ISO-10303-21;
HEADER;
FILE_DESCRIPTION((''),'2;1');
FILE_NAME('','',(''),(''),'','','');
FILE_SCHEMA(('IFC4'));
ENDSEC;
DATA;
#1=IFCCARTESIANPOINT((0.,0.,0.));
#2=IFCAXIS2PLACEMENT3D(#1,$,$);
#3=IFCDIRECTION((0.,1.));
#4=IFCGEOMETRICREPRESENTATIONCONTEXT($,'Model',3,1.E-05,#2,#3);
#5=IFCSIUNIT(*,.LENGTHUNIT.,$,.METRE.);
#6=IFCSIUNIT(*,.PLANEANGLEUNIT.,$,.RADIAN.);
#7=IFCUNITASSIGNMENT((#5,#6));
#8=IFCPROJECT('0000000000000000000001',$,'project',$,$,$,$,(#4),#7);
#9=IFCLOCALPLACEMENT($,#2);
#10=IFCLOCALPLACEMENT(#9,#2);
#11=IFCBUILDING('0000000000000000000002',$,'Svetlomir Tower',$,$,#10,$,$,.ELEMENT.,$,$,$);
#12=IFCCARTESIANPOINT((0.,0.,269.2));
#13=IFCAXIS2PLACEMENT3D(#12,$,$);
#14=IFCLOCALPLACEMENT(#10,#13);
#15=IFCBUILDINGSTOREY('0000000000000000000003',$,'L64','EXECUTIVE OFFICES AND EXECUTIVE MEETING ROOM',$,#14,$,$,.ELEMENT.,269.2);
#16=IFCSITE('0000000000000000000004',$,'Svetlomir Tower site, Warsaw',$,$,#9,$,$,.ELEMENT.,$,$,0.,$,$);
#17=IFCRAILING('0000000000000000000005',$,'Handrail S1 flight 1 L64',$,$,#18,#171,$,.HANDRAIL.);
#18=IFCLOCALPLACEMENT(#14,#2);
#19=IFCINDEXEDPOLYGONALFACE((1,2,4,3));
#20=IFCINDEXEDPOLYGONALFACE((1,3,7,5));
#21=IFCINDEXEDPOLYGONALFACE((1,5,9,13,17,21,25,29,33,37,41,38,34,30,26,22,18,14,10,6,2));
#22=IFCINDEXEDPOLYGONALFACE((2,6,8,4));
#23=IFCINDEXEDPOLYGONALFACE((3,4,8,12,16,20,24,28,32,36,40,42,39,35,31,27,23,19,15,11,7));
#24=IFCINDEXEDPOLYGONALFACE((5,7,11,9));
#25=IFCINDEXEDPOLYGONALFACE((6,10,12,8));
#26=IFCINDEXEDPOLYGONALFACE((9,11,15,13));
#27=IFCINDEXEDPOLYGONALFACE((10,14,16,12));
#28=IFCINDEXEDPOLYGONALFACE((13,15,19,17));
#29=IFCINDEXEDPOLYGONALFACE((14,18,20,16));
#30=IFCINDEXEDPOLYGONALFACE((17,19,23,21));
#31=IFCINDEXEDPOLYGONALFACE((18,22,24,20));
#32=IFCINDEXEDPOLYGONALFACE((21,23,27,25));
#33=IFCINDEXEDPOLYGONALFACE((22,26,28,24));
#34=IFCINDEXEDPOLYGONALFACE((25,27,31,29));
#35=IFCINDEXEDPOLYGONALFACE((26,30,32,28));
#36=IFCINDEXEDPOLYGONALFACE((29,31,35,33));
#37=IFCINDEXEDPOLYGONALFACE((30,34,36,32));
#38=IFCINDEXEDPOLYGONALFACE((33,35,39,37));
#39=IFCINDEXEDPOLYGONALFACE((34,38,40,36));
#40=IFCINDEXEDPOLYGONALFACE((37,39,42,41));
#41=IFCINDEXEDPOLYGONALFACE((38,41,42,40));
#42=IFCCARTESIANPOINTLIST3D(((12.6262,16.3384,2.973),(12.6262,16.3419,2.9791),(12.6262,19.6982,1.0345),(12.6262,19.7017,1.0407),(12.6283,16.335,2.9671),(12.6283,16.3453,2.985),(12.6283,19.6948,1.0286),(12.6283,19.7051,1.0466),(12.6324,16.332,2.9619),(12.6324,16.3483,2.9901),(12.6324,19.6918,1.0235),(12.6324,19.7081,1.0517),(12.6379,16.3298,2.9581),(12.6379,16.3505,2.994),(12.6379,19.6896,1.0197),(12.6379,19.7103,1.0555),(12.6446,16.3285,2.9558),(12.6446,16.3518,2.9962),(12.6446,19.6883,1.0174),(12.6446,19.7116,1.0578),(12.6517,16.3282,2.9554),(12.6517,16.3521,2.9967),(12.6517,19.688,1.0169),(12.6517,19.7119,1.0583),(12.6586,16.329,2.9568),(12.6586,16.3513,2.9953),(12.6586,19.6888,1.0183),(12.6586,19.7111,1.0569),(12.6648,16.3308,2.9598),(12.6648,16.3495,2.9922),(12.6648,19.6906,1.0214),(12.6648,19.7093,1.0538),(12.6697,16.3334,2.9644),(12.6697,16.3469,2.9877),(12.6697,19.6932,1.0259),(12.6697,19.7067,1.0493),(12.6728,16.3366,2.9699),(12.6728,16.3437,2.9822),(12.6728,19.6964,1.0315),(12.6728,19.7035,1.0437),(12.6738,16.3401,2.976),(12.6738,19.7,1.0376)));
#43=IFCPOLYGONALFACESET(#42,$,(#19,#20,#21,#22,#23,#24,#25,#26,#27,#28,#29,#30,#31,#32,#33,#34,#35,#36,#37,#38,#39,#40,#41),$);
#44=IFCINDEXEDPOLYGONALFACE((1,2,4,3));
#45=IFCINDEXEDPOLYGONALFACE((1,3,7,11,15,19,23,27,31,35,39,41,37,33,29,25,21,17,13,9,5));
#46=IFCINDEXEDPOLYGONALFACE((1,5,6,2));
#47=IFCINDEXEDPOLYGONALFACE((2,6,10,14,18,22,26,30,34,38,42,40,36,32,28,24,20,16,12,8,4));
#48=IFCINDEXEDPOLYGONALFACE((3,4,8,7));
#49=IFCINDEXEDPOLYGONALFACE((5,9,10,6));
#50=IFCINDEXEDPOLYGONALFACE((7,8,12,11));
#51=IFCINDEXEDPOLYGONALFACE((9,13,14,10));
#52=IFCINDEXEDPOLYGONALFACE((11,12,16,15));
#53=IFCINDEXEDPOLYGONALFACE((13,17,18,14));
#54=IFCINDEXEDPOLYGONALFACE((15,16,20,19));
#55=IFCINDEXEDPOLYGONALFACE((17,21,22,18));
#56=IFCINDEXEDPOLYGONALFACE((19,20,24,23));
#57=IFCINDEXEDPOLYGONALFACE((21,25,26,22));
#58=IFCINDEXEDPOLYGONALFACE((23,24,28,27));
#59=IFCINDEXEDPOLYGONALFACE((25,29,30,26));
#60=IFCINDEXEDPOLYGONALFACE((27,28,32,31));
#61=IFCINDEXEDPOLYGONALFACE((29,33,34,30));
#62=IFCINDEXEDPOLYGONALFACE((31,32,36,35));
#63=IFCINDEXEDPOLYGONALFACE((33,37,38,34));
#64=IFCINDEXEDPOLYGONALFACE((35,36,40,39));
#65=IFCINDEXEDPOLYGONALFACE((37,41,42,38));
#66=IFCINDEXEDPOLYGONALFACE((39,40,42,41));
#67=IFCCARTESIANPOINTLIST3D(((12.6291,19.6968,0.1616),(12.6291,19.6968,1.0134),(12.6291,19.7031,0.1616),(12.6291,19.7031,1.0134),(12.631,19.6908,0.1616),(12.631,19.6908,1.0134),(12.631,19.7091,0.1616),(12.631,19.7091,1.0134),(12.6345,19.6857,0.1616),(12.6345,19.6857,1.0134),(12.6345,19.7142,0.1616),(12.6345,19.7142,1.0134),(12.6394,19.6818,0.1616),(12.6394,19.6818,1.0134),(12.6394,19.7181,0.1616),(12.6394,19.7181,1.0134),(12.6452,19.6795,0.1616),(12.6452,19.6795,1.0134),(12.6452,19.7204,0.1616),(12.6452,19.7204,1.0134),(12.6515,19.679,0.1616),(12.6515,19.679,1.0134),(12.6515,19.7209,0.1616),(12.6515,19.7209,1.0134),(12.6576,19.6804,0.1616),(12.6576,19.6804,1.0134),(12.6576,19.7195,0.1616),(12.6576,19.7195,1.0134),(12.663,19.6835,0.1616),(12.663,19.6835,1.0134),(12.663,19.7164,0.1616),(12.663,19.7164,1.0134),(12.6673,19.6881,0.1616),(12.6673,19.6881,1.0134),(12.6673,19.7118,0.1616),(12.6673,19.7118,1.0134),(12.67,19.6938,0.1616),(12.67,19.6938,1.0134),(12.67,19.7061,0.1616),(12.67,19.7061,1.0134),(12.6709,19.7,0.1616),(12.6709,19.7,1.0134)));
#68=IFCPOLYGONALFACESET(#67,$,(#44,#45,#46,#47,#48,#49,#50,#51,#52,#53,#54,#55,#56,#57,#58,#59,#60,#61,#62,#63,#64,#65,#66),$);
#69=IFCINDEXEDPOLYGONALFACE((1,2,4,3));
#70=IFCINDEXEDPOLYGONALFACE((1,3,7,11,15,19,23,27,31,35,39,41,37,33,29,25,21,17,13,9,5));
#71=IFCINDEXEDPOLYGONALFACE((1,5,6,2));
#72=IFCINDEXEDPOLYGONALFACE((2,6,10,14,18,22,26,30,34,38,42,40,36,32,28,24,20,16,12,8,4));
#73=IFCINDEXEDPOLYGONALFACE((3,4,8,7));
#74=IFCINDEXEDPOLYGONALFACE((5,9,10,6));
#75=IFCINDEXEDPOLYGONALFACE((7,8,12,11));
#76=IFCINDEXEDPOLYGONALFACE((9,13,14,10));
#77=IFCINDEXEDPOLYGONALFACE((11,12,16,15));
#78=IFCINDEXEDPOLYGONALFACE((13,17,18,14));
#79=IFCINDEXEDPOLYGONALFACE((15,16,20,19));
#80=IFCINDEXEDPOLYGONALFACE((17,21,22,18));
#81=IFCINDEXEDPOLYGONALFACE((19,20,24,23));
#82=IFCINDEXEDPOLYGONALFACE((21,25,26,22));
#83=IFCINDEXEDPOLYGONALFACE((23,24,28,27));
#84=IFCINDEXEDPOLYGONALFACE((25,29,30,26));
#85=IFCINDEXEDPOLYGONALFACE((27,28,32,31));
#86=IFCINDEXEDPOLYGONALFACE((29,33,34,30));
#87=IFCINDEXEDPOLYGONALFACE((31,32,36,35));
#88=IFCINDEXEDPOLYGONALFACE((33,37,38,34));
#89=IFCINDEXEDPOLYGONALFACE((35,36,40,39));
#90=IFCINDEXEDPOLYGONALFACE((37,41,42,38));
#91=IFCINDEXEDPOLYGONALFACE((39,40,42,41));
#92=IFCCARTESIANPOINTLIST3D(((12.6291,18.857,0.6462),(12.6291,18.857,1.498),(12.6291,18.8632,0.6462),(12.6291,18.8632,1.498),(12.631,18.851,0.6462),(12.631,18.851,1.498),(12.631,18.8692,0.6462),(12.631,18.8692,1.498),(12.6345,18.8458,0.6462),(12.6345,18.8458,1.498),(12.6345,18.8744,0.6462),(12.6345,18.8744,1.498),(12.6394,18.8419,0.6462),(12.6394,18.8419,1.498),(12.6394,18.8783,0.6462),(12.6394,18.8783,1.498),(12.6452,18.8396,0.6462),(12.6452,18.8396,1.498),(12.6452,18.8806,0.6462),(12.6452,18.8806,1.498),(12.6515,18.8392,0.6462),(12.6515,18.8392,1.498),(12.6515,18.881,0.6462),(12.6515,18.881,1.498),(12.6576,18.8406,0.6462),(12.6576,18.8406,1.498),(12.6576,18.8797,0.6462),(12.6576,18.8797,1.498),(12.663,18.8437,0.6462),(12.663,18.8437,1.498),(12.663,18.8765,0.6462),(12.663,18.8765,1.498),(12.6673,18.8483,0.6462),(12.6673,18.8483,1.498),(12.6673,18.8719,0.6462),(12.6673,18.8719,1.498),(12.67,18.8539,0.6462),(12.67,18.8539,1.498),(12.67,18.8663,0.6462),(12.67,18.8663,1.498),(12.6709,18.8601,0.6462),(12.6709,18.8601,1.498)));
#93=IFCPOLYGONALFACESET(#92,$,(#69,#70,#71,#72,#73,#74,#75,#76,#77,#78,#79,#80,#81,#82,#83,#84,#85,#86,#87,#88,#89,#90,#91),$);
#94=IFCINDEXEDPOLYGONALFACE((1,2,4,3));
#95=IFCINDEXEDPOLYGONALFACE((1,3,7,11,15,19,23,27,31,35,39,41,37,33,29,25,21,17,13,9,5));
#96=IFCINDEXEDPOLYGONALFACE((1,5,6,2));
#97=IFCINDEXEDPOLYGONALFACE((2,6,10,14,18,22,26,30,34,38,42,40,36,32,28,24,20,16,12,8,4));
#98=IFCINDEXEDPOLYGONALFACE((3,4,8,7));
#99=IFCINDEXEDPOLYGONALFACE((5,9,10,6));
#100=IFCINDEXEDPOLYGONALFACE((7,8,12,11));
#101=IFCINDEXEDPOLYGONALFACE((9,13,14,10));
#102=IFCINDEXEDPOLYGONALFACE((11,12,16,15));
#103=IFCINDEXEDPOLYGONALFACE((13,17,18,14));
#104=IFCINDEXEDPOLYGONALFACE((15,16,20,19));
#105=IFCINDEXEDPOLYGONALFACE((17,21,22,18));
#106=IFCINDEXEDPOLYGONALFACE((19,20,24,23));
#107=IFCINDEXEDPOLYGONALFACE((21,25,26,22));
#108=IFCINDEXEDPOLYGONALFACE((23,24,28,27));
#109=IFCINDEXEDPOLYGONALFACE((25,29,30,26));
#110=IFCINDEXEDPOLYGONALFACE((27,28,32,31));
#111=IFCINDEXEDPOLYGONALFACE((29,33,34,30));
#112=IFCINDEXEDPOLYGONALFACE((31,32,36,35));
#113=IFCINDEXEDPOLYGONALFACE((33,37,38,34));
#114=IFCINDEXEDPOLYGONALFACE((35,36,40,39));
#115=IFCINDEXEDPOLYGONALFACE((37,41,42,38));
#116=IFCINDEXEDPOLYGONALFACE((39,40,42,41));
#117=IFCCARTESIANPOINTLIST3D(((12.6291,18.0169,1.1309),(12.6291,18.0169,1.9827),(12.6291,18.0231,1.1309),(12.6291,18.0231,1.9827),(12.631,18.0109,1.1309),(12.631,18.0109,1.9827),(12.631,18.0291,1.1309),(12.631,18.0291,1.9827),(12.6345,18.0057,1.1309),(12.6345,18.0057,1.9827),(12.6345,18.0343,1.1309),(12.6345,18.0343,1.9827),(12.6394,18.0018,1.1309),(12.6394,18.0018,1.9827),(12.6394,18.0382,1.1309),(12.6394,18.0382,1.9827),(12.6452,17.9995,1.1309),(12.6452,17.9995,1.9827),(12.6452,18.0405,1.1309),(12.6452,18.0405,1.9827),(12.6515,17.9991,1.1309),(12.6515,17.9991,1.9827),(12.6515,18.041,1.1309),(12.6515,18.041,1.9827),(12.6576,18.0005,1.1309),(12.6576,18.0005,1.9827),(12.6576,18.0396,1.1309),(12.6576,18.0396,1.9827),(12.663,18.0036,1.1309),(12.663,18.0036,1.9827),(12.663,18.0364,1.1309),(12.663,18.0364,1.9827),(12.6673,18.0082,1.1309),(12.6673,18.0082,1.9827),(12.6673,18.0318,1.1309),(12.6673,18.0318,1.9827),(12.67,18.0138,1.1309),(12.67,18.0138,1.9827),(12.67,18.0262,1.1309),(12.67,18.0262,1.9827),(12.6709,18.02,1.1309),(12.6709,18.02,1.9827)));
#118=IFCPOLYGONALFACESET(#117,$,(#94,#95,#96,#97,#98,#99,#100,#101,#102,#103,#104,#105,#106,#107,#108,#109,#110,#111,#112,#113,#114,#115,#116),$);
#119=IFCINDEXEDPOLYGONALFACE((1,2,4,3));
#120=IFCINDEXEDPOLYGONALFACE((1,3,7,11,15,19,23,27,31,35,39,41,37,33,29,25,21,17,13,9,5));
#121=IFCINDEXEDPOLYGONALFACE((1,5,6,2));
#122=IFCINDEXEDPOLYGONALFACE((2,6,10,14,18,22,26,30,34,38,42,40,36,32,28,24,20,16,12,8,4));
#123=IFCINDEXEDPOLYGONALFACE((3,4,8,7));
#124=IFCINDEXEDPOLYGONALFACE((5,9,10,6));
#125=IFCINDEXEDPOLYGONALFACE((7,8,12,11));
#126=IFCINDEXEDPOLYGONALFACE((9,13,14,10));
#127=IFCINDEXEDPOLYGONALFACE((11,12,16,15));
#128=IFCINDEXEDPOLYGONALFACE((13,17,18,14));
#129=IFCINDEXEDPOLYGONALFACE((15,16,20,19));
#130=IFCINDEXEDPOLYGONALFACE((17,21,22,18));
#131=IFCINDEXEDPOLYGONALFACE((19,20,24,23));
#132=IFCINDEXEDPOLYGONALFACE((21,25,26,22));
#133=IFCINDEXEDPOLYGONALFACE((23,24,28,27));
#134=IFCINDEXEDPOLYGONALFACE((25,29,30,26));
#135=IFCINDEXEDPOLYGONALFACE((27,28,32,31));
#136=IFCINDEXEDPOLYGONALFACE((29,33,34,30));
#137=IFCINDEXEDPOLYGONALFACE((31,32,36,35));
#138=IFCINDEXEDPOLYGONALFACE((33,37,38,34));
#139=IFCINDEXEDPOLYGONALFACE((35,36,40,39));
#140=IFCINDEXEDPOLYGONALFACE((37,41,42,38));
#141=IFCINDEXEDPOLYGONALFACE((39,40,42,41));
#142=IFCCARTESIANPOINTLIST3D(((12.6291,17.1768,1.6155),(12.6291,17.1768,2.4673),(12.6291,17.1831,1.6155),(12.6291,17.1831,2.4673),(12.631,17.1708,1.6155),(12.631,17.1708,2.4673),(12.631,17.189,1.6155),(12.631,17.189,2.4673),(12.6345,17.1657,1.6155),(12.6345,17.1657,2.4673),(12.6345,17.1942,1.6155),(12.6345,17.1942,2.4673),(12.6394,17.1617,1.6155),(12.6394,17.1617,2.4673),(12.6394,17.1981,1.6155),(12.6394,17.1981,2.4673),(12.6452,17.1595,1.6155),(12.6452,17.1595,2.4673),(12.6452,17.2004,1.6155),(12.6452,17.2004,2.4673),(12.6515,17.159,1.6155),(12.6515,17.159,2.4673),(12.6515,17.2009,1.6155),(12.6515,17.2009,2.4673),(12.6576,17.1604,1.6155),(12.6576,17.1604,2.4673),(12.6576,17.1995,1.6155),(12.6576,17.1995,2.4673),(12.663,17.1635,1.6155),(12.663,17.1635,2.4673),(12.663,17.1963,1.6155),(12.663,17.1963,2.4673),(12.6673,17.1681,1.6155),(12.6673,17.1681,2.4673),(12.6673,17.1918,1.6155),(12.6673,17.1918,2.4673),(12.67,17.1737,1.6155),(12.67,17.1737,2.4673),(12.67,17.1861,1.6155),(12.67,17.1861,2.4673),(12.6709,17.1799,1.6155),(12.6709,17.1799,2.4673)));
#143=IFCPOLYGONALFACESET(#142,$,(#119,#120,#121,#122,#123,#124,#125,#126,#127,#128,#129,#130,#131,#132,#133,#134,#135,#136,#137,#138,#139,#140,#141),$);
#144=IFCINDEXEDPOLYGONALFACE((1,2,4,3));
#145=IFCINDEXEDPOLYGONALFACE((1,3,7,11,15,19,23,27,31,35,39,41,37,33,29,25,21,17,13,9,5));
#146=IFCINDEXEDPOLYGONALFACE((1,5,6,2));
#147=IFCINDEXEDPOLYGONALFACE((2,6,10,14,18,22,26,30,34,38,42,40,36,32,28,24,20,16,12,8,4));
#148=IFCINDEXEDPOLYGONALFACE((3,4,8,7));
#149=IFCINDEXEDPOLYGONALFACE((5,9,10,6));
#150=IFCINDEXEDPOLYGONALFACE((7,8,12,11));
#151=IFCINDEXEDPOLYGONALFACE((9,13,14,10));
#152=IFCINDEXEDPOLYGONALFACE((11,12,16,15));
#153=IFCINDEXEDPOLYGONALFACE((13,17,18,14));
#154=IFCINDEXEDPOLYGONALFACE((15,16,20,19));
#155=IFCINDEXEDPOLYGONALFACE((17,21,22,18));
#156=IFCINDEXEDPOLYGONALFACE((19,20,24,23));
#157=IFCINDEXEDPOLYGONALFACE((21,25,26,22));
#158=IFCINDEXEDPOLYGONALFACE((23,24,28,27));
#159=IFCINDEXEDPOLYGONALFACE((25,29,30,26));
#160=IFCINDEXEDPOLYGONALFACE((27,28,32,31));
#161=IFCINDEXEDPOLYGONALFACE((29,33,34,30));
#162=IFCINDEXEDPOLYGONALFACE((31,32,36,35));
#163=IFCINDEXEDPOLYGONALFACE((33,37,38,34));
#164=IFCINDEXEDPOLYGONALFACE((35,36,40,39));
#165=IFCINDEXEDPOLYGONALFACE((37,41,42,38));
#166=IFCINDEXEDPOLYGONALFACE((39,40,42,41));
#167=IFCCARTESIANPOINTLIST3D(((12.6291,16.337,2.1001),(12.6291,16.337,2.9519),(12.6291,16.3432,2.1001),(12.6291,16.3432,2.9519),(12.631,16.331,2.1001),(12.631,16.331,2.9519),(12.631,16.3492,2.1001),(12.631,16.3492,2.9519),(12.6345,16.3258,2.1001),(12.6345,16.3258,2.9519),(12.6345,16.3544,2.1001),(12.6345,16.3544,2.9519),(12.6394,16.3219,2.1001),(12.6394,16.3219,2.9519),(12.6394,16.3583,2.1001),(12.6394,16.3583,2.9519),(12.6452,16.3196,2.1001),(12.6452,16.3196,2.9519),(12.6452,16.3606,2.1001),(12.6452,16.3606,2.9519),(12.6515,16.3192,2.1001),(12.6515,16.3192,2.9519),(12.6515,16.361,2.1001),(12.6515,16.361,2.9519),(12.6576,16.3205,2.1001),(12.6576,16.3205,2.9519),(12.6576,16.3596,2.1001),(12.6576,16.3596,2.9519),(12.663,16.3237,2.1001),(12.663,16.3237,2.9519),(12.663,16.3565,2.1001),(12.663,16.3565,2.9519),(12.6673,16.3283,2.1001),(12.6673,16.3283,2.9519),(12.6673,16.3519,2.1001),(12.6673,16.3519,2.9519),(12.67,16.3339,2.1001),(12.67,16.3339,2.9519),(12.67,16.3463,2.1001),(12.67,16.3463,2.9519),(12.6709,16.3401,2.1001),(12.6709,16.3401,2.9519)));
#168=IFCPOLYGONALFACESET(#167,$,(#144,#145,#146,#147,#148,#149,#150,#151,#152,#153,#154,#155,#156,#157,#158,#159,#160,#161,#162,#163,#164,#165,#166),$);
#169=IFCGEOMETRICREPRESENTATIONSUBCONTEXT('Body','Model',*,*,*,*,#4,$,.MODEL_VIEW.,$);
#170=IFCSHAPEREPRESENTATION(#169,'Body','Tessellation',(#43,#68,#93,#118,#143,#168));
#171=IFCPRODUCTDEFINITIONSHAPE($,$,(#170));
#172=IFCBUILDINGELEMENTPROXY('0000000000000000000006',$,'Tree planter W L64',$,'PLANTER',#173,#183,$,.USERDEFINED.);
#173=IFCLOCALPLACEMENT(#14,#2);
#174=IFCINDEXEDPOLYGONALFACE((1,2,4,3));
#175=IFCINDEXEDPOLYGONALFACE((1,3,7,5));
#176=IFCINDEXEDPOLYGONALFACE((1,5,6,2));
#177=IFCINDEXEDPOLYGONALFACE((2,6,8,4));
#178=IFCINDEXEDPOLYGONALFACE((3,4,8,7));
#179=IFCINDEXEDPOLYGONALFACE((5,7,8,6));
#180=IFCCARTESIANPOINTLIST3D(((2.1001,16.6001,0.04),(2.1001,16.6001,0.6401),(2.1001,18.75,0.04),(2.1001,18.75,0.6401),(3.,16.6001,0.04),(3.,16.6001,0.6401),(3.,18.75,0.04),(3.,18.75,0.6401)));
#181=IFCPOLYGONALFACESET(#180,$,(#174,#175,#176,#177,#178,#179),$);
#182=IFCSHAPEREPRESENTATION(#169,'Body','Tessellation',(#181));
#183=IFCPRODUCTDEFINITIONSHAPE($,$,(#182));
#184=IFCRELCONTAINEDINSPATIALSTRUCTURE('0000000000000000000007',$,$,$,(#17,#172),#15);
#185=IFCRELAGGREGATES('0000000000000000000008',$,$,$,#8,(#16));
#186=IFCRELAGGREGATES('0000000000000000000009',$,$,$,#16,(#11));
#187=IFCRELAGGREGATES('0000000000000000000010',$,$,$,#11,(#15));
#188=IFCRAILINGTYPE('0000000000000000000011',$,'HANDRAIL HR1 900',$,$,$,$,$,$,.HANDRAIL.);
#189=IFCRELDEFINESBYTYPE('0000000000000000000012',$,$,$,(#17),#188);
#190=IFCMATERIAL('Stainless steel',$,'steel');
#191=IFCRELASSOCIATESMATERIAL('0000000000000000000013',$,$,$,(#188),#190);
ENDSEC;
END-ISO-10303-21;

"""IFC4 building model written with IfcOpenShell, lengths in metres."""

from ifc_helpers import new_model, si_unit, direction, frame, origin, origin_2d, place, context, subcontext, project, spatial, rectangle, circle, extrude, material, type_object, element, save


model = new_model("IFC4")

# Units and contexts
model_context = context("Model", 3, precision=1e-05, world=origin(), true_north=direction((0.0, 1.0)))
body_context = subcontext(model_context, "Body", "Model", "MODEL_VIEW")
ifc_project = project(units=[si_unit("LENGTHUNIT", "METRE"), si_unit("PLANEANGLEUNIT", "RADIAN")], contexts=[model_context])

# Site, building, storey
site_placement = place(None, origin())
site = spatial("IfcSite", under=ifc_project, at=site_placement, Name="Svetlomir Tower site, Warsaw", CompositionType="ELEMENT", RefElevation=0.0)
building_placement = place(site_placement, origin())
building = spatial("IfcBuilding", under=site, at=building_placement, Name="Svetlomir Tower", CompositionType="ELEMENT")
storey_placement = place(building_placement, frame((0.0, 0.0, 269.2)))
storey = spatial("IfcBuildingStorey", under=building, at=storey_placement, Name="L64", Description="EXECUTIVE OFFICES AND EXECUTIVE MEETING ROOM", CompositionType="ELEMENT", Elevation=269.2)

# Railing
ifc_material_1 = material(Name="Stainless steel", Category="steel")
railing_type_1 = type_object("IfcRailingType", Name="HANDRAIL HR1 900", PredefinedType="HANDRAIL", material=ifc_material_1)
railing_placement = place(storey_placement, frame((12.6499, 19.7, 0.1616)))
element("IfcRailing", 1, at=railing_placement, inside=storey, type_object=railing_type_1, Name="Handrail S1 flight 1 L64", PredefinedType="HANDRAIL", context=body_context, shape_type="SweptSolid", body=[
    extrude(circle(Radius=0.0239, at=origin_2d()), frame((0.0, 0.0, 0.876), z_axis=(0.0, -0.866175, 0.499741), x_axis=(1.0, 0.0, 0.0)), (0.0, 0.0, 1.0), 3.8789),
    extrude(circle(Radius=0.021, at=origin_2d()), origin(), (0.0, 0.0, 1.0), 0.8518),
    extrude(circle(Radius=0.021, at=origin_2d()), frame((0.0, -0.8398, 0.4846)), (0.0, 0.0, 1.0), 0.8518),
    extrude(circle(Radius=0.021, at=origin_2d()), frame((0.0, -1.6799, 0.9692)), (0.0, 0.0, 1.0), 0.8518),
    extrude(circle(Radius=0.021, at=origin_2d()), frame((0.0, -2.52, 1.4539)), (0.0, 0.0, 1.0), 0.8518),
    extrude(circle(Radius=0.021, at=origin_2d()), frame((0.0, -3.3599, 1.9385)), (0.0, 0.0, 1.0), 0.8518),
])

# Building element proxy
proxy_placement = place(storey_placement, frame((2.55, 17.675, 0.04), z_axis=(0.0, 0.0, 1.0), x_axis=(1.0, 0.0, 0.0)))
element("IfcBuildingElementProxy", 2, at=proxy_placement, inside=storey, Name="Tree planter W L64", ObjectType="PLANTER", PredefinedType="USERDEFINED", context=body_context, shape_type="SweptSolid", body=[
    extrude(rectangle(XDim=0.8999, YDim=2.1499, at=origin_2d()), origin(), (0.0, 0.0, 1.0), 0.6001),
])

save(model, "model.ifc")
